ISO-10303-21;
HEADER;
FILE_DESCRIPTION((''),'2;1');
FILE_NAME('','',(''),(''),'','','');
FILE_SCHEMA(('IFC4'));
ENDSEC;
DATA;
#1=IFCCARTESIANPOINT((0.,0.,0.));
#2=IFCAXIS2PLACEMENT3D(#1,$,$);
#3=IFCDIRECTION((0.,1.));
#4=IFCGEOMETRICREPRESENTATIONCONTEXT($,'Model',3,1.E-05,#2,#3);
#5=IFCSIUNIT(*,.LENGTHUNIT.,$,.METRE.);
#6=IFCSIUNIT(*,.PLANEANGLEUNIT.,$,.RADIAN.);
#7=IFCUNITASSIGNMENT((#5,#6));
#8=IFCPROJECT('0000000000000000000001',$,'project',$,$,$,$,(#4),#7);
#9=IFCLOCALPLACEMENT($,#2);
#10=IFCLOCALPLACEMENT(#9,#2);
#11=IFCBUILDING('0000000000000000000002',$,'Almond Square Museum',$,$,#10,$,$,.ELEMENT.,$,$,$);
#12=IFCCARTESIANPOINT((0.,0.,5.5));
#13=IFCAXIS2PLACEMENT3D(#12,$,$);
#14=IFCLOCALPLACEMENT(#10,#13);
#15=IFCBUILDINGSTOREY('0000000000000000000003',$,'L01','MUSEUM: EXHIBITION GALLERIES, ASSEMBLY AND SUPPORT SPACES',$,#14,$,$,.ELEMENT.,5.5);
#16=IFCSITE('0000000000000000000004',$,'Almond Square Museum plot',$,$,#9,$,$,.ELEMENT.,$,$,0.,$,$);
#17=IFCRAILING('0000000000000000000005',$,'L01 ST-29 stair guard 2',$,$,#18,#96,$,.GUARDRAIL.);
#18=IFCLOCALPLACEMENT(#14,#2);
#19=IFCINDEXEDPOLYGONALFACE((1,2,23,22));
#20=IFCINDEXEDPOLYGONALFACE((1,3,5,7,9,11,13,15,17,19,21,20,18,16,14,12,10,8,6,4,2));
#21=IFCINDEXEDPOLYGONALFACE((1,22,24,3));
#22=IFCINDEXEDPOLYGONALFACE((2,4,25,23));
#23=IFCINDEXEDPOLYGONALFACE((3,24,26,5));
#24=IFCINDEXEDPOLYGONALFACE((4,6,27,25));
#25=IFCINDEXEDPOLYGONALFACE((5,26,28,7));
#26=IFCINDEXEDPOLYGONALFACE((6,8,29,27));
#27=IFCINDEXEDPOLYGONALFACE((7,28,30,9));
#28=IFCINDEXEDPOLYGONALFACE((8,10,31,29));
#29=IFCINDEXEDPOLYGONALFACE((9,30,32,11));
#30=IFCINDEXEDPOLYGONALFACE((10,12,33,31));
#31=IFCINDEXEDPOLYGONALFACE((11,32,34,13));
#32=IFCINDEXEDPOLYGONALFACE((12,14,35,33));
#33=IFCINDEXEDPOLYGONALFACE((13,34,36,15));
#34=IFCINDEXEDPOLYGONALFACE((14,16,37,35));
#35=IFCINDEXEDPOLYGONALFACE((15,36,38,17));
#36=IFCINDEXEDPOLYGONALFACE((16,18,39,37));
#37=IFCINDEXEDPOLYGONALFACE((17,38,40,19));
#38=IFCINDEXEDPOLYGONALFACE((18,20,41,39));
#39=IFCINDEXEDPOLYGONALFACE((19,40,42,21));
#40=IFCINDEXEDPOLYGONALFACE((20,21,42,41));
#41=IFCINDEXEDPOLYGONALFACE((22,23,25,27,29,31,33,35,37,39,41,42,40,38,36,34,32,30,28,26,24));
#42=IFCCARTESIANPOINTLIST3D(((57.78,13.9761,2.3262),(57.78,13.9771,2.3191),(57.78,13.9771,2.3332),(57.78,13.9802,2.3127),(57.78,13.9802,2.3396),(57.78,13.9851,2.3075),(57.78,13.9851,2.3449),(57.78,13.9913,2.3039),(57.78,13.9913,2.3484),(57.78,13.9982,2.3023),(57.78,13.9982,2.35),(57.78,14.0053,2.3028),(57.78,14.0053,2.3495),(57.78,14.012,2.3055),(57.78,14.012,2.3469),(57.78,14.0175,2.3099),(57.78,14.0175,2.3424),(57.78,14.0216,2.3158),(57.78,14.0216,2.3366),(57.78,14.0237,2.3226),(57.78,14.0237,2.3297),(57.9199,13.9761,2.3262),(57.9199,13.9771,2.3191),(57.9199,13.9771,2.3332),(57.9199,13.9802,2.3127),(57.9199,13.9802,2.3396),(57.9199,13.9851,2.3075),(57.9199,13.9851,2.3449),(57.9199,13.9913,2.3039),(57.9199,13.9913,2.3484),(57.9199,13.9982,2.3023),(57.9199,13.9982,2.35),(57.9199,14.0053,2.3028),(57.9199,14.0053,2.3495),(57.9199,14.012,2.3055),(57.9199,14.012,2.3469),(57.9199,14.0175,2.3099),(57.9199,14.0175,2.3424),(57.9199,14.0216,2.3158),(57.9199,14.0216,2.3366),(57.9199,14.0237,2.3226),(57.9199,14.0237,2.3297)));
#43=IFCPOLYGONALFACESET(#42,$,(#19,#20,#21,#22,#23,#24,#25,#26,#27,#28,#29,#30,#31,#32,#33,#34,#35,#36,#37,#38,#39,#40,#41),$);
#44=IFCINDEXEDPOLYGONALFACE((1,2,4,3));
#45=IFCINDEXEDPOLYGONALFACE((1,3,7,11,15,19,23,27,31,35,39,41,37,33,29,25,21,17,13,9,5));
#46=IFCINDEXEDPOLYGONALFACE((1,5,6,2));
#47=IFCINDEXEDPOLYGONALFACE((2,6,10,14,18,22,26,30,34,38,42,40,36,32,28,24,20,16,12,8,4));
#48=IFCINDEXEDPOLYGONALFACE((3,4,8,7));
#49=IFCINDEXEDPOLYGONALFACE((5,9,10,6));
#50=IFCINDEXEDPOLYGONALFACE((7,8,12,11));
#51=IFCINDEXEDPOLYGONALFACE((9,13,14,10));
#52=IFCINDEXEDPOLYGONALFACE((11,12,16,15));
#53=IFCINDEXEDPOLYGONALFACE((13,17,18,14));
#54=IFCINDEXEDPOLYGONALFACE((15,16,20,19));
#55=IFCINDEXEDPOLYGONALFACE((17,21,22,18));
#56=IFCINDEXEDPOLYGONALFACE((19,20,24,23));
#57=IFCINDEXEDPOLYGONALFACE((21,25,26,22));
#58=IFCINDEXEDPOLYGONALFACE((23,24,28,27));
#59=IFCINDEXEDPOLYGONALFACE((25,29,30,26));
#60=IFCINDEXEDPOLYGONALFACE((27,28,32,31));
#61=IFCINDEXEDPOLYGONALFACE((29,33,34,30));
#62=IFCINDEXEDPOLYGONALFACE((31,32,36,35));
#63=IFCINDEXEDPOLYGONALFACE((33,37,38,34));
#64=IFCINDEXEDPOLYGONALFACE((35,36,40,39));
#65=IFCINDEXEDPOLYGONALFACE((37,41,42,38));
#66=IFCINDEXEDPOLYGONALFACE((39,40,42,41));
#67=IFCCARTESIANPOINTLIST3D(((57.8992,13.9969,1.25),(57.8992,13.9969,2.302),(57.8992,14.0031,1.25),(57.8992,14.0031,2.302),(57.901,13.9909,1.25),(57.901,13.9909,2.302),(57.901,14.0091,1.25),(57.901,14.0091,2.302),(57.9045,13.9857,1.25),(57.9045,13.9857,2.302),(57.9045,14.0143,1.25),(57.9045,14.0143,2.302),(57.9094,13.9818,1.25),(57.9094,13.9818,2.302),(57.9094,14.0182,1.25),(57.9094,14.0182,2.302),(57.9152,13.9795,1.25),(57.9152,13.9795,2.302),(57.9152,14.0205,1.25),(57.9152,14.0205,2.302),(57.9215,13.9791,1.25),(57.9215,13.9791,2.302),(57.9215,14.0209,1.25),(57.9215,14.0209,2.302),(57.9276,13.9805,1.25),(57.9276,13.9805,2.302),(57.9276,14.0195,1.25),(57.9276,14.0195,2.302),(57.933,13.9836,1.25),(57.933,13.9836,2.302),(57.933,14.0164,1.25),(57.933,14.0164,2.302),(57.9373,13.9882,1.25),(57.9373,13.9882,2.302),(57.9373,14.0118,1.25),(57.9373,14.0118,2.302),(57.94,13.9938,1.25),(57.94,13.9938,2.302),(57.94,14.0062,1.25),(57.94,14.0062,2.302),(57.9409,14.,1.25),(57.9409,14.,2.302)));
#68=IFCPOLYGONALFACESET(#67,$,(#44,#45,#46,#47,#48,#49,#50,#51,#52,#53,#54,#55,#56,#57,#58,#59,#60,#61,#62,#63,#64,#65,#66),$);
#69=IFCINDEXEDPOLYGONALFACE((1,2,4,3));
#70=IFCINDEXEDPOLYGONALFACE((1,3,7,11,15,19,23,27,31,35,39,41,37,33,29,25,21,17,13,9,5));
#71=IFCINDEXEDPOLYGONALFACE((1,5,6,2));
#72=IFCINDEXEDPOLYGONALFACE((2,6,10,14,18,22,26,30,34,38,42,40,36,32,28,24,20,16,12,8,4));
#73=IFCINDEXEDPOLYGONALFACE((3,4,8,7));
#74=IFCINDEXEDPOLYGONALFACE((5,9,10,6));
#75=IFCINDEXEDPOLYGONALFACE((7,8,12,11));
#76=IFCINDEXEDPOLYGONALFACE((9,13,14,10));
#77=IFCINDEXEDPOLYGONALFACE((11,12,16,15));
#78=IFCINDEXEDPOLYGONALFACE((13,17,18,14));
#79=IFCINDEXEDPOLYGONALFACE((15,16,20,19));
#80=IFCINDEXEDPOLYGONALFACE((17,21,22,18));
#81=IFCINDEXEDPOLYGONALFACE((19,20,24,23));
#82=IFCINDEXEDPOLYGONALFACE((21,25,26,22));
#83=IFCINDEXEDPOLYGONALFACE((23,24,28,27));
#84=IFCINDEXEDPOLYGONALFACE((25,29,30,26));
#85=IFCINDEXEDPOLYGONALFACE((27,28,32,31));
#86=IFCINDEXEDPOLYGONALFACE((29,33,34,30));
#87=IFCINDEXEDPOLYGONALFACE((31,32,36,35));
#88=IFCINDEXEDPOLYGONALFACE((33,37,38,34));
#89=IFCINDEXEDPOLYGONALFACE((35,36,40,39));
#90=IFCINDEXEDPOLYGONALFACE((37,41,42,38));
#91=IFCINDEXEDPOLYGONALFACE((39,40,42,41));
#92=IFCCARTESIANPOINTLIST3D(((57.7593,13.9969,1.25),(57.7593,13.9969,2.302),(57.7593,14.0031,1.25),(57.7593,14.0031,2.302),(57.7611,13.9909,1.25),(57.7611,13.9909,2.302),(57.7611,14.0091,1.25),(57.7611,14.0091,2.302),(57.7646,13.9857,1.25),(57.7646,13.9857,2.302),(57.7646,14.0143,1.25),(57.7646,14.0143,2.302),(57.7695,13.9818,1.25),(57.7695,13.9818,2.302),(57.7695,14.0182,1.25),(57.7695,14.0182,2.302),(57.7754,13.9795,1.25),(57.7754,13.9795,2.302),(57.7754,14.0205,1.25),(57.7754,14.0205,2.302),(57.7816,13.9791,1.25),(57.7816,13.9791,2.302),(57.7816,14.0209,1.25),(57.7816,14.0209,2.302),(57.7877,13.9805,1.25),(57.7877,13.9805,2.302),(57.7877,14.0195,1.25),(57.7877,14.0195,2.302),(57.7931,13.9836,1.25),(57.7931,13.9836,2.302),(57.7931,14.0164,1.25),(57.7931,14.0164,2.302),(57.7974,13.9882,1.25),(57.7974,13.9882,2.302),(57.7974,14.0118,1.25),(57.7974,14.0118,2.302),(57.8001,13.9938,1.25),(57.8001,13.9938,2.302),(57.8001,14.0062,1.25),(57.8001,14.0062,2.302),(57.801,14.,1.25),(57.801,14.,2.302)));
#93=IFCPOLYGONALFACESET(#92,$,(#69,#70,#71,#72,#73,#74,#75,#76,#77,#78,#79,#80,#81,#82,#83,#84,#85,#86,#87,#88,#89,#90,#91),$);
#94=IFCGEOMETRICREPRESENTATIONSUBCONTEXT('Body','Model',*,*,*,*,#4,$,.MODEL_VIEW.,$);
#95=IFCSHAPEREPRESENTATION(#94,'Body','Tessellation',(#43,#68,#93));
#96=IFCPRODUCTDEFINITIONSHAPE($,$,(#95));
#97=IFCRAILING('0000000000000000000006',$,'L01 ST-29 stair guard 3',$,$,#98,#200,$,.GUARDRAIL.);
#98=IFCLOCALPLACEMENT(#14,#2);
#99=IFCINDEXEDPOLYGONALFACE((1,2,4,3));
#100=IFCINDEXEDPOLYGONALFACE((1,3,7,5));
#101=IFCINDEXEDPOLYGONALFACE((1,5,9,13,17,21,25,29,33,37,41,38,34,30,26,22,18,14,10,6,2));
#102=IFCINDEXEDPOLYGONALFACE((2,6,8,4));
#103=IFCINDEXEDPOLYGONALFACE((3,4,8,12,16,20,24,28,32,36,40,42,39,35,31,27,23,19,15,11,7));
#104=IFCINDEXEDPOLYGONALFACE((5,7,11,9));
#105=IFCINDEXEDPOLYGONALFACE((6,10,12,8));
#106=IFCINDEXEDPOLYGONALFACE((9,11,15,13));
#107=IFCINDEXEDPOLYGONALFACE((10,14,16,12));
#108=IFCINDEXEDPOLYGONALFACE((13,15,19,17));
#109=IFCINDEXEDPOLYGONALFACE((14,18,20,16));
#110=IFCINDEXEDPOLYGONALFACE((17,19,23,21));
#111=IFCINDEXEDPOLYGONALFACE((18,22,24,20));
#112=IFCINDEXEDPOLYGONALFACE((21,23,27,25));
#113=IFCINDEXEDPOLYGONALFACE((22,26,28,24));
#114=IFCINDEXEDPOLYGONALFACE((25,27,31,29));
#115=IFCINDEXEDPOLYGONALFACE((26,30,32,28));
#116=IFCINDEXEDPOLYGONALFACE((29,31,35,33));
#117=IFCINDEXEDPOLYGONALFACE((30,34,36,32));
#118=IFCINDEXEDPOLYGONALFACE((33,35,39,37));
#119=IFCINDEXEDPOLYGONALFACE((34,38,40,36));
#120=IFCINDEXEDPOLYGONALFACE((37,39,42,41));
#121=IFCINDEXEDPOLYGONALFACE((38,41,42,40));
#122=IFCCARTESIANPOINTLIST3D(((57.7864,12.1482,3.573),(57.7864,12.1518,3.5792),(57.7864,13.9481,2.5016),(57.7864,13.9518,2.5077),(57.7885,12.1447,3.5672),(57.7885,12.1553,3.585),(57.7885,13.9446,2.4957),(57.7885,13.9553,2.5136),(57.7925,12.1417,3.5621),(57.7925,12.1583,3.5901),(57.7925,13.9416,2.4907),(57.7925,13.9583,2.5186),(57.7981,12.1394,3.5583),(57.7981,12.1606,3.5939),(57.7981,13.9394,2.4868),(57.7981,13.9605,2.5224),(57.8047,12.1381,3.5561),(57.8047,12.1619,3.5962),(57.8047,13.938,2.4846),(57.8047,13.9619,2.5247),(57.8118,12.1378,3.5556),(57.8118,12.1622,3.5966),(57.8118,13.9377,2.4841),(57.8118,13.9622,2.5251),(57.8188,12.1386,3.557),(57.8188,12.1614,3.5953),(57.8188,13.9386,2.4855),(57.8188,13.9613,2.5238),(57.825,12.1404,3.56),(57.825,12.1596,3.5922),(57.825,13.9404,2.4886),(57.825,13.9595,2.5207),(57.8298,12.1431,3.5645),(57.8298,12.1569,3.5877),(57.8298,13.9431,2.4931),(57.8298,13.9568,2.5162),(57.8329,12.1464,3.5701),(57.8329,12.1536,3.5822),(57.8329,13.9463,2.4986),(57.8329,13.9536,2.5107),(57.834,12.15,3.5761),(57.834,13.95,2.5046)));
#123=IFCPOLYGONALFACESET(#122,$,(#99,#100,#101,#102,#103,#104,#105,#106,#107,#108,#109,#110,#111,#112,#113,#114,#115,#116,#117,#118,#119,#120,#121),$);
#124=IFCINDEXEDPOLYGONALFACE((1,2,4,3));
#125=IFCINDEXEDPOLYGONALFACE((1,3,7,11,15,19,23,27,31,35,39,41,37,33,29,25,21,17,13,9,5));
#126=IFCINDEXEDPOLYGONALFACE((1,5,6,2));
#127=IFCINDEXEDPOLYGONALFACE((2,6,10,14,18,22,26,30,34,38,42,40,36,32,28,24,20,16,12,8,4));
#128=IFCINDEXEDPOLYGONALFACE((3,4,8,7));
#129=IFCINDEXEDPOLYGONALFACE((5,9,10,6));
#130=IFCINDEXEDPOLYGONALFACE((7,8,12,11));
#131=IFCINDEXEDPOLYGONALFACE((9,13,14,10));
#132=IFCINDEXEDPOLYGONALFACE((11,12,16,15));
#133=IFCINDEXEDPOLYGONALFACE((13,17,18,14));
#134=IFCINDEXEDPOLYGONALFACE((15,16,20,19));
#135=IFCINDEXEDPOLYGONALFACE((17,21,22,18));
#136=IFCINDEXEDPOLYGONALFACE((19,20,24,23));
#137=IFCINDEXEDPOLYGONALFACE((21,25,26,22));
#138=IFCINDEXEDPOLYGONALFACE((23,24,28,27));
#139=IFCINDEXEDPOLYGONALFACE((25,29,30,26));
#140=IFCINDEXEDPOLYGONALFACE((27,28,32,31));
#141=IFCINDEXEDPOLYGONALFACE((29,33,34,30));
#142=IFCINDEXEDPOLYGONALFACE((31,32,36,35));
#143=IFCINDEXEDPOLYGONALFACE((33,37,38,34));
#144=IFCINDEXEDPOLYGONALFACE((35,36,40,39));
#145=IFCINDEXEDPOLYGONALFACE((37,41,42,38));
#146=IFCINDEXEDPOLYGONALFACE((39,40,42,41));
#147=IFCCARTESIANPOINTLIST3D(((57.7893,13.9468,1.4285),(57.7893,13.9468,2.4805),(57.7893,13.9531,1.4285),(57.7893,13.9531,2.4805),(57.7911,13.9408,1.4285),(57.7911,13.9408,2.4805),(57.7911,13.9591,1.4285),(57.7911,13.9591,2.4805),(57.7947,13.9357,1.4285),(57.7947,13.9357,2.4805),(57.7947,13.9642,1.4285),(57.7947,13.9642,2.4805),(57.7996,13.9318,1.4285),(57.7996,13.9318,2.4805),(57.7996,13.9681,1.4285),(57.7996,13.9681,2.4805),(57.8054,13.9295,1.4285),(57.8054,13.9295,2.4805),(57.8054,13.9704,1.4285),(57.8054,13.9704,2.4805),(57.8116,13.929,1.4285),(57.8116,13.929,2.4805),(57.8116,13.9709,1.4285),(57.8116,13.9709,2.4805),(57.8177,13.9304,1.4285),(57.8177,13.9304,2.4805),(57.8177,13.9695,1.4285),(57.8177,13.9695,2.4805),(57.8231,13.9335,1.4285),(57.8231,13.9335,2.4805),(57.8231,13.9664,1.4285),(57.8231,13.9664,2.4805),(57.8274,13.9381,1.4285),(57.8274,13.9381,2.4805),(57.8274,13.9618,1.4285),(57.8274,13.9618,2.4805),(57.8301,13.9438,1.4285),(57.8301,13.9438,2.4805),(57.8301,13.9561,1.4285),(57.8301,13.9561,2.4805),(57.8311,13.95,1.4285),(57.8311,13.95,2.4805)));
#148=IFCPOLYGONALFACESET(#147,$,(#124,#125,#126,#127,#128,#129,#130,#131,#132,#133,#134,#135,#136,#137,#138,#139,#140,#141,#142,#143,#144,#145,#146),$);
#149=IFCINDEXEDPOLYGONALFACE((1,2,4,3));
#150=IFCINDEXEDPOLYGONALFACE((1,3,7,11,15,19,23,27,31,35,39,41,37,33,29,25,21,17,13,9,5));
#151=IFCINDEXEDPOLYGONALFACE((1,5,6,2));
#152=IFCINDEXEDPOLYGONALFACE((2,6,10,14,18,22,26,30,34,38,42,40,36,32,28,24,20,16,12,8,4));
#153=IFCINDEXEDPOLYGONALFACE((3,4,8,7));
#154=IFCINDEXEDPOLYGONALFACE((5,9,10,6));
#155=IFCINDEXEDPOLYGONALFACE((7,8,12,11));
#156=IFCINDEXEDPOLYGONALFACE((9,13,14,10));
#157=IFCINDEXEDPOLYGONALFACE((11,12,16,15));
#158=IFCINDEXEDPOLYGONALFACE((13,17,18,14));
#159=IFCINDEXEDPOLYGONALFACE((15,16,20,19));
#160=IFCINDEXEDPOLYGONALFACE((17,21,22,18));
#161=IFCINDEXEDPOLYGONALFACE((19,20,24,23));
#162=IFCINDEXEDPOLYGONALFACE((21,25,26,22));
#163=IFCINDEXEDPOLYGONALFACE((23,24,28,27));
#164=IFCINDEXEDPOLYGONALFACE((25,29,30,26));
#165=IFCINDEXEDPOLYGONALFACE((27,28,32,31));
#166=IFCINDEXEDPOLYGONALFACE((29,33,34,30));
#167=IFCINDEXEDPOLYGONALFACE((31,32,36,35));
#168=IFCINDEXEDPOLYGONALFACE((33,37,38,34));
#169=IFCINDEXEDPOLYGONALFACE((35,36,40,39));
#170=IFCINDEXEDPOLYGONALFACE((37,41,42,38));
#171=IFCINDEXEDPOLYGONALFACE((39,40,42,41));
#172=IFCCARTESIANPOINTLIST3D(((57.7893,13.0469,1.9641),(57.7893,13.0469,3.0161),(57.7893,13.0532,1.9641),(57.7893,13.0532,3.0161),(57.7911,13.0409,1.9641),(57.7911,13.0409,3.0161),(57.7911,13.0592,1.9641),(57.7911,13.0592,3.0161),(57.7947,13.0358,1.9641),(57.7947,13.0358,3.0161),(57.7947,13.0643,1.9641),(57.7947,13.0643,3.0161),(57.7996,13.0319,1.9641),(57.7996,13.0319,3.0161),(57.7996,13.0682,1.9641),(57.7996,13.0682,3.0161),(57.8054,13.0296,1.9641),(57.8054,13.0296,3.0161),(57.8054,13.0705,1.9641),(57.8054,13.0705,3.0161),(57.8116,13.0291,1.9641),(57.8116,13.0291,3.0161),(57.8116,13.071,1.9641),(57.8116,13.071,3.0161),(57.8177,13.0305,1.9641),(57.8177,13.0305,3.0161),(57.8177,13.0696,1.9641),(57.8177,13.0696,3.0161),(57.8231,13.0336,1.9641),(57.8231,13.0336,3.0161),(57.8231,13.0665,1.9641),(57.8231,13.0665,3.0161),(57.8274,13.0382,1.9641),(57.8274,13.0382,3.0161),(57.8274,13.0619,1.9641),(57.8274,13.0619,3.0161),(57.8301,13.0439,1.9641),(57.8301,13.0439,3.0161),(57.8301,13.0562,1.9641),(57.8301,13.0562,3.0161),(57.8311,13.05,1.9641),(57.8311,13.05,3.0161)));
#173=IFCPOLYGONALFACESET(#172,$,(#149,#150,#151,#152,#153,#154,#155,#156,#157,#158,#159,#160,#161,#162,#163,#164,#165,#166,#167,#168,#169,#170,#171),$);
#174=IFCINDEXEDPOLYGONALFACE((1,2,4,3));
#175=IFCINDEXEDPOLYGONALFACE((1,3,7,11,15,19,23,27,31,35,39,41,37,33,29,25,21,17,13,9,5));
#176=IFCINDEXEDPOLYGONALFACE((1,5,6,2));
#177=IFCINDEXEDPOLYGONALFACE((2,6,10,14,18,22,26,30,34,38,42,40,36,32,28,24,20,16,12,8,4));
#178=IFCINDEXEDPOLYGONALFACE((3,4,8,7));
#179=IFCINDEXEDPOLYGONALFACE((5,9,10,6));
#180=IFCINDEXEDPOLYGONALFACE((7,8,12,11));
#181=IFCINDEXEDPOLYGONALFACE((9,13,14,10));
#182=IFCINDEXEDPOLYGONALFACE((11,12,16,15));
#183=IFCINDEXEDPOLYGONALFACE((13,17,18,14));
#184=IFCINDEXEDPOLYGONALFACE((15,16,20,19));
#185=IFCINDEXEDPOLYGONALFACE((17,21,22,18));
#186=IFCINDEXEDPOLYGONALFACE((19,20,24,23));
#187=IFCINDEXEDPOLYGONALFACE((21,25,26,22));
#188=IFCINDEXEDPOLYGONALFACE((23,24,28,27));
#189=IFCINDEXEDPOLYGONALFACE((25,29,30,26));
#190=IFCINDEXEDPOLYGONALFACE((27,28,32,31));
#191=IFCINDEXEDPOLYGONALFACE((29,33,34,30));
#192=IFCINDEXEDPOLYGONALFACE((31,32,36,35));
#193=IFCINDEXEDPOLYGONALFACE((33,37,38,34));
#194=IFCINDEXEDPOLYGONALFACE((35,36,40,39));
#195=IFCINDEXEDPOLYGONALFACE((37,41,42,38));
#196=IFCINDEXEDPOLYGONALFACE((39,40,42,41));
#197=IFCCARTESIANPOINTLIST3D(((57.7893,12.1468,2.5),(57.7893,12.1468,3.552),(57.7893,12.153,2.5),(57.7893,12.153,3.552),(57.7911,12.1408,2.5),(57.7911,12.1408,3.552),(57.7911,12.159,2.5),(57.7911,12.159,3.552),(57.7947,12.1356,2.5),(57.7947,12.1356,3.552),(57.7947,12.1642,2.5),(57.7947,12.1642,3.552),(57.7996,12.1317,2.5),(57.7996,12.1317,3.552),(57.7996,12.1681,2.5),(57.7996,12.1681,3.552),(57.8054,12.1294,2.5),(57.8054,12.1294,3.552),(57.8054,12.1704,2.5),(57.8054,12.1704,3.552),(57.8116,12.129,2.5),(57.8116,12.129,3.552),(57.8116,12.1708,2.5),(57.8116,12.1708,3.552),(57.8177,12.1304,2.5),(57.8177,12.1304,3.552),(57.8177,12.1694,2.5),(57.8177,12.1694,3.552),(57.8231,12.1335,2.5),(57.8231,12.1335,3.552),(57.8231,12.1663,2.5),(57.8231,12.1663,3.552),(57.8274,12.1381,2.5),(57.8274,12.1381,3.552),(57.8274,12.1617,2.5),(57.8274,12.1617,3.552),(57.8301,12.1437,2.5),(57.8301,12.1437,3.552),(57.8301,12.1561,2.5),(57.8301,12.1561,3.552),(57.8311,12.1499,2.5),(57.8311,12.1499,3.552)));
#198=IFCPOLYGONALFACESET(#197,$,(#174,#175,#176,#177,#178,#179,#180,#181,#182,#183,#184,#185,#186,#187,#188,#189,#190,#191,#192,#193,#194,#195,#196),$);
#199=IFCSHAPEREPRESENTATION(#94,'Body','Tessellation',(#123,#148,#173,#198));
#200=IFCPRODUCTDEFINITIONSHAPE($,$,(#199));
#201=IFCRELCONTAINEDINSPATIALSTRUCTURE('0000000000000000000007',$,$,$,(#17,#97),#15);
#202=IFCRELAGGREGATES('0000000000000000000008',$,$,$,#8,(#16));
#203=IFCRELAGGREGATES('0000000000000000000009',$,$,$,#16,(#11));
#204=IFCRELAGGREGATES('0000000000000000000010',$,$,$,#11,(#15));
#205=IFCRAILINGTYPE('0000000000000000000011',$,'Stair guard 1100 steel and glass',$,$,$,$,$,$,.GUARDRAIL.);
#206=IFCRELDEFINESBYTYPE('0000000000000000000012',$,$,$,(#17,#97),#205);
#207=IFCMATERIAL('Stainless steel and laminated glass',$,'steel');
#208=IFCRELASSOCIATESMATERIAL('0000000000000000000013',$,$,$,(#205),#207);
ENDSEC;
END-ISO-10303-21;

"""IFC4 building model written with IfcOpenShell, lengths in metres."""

from ifc_helpers import new_model, si_unit, direction, frame, origin, origin_2d, place, context, subcontext, project, spatial, circle, extrude, material, type_object, element, save


model = new_model("IFC4")

# Units and contexts
model_context = context("Model", 3, precision=1e-05, world=origin(), true_north=direction((0.0, 1.0)))
body_context = subcontext(model_context, "Body", "Model", "MODEL_VIEW")
ifc_project = project(units=[si_unit("LENGTHUNIT", "METRE"), si_unit("PLANEANGLEUNIT", "RADIAN")], contexts=[model_context])

# Site, building, storey
site_placement = place(None, origin())
site = spatial("IfcSite", under=ifc_project, at=site_placement, Name="Almond Square Museum plot", CompositionType="ELEMENT", RefElevation=0.0)
building_placement = place(site_placement, origin())
building = spatial("IfcBuilding", under=site, at=building_placement, Name="Almond Square Museum", CompositionType="ELEMENT")
storey_placement = place(building_placement, frame((0.0, 0.0, 5.5)))
storey = spatial("IfcBuildingStorey", under=building, at=storey_placement, Name="L01", Description="MUSEUM: EXHIBITION GALLERIES, ASSEMBLY AND SUPPORT SPACES", CompositionType="ELEMENT", Elevation=5.5)

# Railings
ifc_material_1 = material(Name="Stainless steel and laminated glass", Category="steel")
railing_type_1 = type_object("IfcRailingType", Name="Stair guard 1100 steel and glass", PredefinedType="GUARDRAIL", material=ifc_material_1)
railing_1_placement = place(storey_placement, frame((57.9199, 14.0, 1.25)))
element("IfcRailing", 1, at=railing_1_placement, inside=storey, type_object=railing_type_1, Name="L01 ST-29 stair guard 2", PredefinedType="GUARDRAIL", context=body_context, shape_type="SweptSolid", body=[
    extrude(circle(Radius=0.0239, at=origin_2d()), frame((0.0, 0.0, 1.0762), z_axis=(-1.0, 0.0, 0.0), x_axis=(0.0, -1.0, 0.0)), (0.0, 0.0, 1.0), 0.1399),
    extrude(circle(Radius=0.021, at=origin_2d()), origin(), (0.0, 0.0, 1.0), 1.052),
    extrude(circle(Radius=0.021, at=origin_2d()), frame((-0.1399, 0.0, 0.0)), (0.0, 0.0, 1.0), 1.052),
])
railing_2_placement = place(storey_placement, frame((57.8101, 13.95, 1.4285)))
element("IfcRailing", 2, at=railing_2_placement, inside=storey, type_object=railing_type_1, Name="L01 ST-29 stair guard 3", PredefinedType="GUARDRAIL", context=body_context, shape_type="SweptSolid", body=[
    extrude(circle(Radius=0.0239, at=origin_2d()), frame((0.0, 0.0, 1.0762), z_axis=(0.0, -0.859277, 0.51151), x_axis=(1.0, 0.0, 0.0)), (0.0, 0.0, 1.0), 2.0947),
    extrude(circle(Radius=0.021, at=origin_2d()), origin(), (0.0, 0.0, 1.0), 1.052),
    extrude(circle(Radius=0.021, at=origin_2d()), frame((0.0, -0.8999, 0.5356)), (0.0, 0.0, 1.0), 1.052),
    extrude(circle(Radius=0.021, at=origin_2d()), frame((0.0, -1.8, 1.0715)), (0.0, 0.0, 1.0), 1.052),
])

save(model, "model.ifc")
